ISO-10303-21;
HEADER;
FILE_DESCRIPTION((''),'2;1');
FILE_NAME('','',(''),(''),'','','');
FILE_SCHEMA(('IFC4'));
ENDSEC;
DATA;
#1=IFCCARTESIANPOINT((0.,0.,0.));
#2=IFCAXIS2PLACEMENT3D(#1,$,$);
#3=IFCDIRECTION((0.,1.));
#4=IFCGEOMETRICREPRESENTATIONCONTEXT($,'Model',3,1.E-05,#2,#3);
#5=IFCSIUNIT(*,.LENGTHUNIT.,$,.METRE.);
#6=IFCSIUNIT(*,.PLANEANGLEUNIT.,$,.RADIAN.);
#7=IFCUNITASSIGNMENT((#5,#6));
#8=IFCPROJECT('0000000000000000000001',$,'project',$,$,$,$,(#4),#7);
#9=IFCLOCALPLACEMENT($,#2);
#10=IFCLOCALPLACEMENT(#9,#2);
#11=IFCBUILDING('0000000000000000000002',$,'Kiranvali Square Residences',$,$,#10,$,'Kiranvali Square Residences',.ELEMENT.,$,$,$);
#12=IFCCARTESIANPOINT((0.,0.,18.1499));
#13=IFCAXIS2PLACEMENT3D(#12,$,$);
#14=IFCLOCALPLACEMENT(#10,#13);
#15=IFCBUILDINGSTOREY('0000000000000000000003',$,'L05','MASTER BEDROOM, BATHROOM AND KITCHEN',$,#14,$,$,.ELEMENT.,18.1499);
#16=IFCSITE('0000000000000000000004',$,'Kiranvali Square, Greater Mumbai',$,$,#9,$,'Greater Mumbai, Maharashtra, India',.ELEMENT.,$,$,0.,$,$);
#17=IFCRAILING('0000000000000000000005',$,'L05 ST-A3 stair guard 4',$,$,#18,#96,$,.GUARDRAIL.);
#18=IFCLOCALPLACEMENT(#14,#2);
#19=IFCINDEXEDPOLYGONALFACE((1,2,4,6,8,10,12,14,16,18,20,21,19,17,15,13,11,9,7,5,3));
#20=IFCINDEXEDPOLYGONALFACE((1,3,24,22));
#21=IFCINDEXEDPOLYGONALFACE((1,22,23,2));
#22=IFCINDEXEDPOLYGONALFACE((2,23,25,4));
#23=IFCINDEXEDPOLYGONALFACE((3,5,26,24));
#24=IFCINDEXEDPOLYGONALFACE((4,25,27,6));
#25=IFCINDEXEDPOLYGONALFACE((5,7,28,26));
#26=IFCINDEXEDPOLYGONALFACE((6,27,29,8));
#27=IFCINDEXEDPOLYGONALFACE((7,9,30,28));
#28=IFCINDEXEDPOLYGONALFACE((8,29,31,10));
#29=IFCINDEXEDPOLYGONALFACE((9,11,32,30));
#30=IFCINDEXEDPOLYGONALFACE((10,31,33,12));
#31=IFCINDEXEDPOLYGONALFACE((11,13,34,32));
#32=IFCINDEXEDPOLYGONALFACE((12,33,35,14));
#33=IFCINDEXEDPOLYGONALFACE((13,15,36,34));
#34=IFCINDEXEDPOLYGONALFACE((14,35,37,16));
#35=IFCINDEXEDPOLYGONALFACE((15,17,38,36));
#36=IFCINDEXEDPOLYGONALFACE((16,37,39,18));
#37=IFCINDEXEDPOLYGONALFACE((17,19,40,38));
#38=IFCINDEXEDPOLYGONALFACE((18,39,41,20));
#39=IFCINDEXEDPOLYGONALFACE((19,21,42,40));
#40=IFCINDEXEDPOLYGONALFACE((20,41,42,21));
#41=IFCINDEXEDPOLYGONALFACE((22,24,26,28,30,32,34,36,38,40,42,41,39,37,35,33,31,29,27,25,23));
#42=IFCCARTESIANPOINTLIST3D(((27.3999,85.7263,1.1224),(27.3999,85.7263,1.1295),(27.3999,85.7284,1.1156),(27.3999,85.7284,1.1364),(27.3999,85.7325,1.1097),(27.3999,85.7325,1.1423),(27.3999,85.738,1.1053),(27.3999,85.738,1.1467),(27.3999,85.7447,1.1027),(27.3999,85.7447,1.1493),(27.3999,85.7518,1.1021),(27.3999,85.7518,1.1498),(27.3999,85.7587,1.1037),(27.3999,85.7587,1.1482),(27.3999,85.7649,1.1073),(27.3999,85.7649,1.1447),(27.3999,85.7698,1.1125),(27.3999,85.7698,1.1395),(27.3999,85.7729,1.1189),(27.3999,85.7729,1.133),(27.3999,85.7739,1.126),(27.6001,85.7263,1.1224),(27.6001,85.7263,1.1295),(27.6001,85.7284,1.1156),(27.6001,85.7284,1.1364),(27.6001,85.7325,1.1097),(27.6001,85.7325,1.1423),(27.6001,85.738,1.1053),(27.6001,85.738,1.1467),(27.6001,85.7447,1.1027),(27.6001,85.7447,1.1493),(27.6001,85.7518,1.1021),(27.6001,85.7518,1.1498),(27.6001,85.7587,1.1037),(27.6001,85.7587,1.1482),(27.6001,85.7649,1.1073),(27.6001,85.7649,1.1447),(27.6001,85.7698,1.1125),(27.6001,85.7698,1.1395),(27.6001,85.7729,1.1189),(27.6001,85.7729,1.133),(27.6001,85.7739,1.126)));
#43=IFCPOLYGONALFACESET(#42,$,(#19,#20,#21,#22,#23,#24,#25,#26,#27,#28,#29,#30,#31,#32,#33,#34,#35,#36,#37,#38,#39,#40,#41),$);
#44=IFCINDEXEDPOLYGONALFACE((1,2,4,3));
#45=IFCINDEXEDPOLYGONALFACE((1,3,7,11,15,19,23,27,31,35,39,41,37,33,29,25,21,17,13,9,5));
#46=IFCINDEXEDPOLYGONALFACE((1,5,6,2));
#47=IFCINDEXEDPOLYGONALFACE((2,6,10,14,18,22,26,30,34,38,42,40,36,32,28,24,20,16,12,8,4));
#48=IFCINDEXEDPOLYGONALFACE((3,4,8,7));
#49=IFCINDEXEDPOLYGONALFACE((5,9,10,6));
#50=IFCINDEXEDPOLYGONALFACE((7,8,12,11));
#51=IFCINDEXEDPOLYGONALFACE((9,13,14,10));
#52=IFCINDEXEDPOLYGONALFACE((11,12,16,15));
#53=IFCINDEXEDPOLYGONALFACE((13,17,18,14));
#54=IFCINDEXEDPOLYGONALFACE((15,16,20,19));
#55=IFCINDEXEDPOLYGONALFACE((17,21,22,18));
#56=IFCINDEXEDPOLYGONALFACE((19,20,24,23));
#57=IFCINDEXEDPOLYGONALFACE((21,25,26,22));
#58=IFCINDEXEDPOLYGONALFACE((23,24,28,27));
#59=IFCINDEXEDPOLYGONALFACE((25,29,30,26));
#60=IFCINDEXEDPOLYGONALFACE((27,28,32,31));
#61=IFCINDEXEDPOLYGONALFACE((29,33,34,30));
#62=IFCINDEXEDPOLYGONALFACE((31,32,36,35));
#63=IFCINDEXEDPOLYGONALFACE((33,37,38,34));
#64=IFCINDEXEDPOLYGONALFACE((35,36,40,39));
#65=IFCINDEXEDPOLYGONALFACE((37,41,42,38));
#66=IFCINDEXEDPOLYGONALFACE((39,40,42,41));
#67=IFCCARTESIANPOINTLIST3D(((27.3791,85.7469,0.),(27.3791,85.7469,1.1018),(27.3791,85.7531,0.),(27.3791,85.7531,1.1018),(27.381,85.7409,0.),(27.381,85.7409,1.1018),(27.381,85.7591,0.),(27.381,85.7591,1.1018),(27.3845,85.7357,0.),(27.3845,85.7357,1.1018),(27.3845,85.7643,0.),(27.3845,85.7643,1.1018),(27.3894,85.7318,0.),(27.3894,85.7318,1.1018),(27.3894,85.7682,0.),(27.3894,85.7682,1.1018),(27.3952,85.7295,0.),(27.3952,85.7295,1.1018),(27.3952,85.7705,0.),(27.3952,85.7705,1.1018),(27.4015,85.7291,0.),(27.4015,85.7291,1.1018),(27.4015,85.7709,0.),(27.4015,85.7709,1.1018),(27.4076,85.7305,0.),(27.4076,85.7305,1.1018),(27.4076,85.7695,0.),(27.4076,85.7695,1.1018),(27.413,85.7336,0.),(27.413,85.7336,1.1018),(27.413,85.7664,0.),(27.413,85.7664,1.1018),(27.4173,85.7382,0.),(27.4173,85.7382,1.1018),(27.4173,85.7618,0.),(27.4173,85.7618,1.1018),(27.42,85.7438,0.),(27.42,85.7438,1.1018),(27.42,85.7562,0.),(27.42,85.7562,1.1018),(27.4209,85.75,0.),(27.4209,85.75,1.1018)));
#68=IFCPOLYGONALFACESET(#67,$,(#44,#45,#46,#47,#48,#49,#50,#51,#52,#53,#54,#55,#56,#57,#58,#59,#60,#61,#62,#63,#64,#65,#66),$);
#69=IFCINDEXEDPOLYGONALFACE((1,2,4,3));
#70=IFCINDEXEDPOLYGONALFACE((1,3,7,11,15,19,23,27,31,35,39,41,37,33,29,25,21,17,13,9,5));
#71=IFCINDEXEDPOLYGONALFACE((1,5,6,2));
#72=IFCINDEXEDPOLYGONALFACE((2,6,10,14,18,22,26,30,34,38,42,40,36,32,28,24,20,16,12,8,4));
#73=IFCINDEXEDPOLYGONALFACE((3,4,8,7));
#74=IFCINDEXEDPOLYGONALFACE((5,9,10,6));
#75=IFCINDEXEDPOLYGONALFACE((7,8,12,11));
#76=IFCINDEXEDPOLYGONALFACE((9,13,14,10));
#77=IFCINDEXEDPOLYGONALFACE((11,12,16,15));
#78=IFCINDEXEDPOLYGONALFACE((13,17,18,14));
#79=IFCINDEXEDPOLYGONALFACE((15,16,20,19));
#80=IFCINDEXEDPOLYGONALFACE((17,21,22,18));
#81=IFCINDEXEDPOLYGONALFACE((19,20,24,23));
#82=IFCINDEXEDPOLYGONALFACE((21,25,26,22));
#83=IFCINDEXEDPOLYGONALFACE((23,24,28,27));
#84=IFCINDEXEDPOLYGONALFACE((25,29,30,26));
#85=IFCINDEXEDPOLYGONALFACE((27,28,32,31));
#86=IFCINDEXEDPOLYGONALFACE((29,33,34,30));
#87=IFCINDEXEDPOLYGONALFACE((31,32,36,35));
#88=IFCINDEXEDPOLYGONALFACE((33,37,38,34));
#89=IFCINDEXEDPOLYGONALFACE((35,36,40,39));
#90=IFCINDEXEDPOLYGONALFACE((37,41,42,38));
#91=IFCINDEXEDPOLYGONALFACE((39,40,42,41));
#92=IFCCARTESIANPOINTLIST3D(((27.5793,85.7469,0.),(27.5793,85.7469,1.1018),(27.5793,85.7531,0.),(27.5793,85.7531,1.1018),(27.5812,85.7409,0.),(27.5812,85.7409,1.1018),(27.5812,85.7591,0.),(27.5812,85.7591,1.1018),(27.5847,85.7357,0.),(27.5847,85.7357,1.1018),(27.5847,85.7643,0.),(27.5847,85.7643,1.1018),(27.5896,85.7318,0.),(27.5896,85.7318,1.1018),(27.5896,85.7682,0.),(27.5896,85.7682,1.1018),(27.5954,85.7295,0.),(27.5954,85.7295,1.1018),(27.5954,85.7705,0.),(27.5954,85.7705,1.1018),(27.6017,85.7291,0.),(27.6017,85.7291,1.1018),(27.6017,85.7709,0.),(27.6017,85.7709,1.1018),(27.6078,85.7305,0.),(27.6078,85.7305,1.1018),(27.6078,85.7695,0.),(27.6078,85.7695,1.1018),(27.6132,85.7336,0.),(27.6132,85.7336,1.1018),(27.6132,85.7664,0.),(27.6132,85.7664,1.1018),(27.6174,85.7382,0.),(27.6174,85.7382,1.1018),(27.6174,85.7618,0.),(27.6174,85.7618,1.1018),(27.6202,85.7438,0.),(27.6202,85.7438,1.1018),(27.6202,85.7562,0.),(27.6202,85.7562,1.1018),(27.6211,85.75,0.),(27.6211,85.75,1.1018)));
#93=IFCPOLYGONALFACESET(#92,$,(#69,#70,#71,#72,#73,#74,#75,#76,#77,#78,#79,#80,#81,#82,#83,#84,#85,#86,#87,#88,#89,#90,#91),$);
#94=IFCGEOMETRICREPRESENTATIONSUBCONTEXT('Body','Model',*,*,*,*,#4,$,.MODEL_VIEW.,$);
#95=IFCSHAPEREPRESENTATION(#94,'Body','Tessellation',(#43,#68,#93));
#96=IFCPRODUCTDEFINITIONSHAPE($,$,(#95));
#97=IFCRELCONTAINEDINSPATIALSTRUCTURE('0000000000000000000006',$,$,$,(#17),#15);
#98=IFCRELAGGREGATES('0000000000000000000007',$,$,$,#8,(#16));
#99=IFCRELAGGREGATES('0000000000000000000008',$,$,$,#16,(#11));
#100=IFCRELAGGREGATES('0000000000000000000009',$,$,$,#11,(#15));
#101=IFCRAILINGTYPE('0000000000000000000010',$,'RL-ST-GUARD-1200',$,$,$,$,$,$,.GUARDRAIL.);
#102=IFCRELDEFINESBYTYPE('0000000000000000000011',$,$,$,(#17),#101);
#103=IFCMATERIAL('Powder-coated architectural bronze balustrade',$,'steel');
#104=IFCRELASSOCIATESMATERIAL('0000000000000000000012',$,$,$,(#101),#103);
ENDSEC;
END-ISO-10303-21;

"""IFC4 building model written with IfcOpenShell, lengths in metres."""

from ifc_helpers import new_model, si_unit, direction, frame, origin, origin_2d, place, context, subcontext, project, spatial, circle, extrude, material, type_object, element, save


model = new_model("IFC4")

# Units and contexts
model_context = context("Model", 3, precision=1e-05, world=origin(), true_north=direction((0.0, 1.0)))
body_context = subcontext(model_context, "Body", "Model", "MODEL_VIEW")
ifc_project = project(units=[si_unit("LENGTHUNIT", "METRE"), si_unit("PLANEANGLEUNIT", "RADIAN")], contexts=[model_context])

# Site, building, storey
site_placement = place(None, origin())
site = spatial("IfcSite", under=ifc_project, at=site_placement, Name="Kiranvali Square, Greater Mumbai", LongName="Greater Mumbai, Maharashtra, India", CompositionType="ELEMENT", RefElevation=0.0)
building_placement = place(site_placement, origin())
building = spatial("IfcBuilding", under=site, at=building_placement, Name="Kiranvali Square Residences", LongName="Kiranvali Square Residences", CompositionType="ELEMENT")
storey_placement = place(building_placement, frame((0.0, 0.0, 18.1499)))
storey = spatial("IfcBuildingStorey", under=building, at=storey_placement, Name="L05", Description="MASTER BEDROOM, BATHROOM AND KITCHEN", CompositionType="ELEMENT", Elevation=18.1499)

# Railing
ifc_material_1 = material(Name="Powder-coated architectural bronze balustrade", Category="steel")
railing_type_1 = type_object("IfcRailingType", Name="RL-ST-GUARD-1200", PredefinedType="GUARDRAIL", material=ifc_material_1)
railing_1_placement = place(storey_placement, frame((27.3999, 85.75, 0.0)))
element("IfcRailing", 1, at=railing_1_placement, inside=storey, type_object=railing_type_1, Name="L05 ST-A3 stair guard 4", PredefinedType="GUARDRAIL", context=body_context, shape_type="SweptSolid", body=[
    extrude(circle(Radius=0.0239, at=origin_2d()), frame((0.0, 0.0, 1.126), z_axis=(1.0, 0.0, 0.0), x_axis=(0.0, 1.0, 0.0)), (0.0, 0.0, 1.0), 0.2002),
    extrude(circle(Radius=0.021, at=origin_2d()), origin(), (0.0, 0.0, 1.0), 1.1018),
    extrude(circle(Radius=0.021, at=origin_2d()), frame((0.2002, 0.0, 0.0)), (0.0, 0.0, 1.0), 1.1018),
])

save(model, "model.ifc")
